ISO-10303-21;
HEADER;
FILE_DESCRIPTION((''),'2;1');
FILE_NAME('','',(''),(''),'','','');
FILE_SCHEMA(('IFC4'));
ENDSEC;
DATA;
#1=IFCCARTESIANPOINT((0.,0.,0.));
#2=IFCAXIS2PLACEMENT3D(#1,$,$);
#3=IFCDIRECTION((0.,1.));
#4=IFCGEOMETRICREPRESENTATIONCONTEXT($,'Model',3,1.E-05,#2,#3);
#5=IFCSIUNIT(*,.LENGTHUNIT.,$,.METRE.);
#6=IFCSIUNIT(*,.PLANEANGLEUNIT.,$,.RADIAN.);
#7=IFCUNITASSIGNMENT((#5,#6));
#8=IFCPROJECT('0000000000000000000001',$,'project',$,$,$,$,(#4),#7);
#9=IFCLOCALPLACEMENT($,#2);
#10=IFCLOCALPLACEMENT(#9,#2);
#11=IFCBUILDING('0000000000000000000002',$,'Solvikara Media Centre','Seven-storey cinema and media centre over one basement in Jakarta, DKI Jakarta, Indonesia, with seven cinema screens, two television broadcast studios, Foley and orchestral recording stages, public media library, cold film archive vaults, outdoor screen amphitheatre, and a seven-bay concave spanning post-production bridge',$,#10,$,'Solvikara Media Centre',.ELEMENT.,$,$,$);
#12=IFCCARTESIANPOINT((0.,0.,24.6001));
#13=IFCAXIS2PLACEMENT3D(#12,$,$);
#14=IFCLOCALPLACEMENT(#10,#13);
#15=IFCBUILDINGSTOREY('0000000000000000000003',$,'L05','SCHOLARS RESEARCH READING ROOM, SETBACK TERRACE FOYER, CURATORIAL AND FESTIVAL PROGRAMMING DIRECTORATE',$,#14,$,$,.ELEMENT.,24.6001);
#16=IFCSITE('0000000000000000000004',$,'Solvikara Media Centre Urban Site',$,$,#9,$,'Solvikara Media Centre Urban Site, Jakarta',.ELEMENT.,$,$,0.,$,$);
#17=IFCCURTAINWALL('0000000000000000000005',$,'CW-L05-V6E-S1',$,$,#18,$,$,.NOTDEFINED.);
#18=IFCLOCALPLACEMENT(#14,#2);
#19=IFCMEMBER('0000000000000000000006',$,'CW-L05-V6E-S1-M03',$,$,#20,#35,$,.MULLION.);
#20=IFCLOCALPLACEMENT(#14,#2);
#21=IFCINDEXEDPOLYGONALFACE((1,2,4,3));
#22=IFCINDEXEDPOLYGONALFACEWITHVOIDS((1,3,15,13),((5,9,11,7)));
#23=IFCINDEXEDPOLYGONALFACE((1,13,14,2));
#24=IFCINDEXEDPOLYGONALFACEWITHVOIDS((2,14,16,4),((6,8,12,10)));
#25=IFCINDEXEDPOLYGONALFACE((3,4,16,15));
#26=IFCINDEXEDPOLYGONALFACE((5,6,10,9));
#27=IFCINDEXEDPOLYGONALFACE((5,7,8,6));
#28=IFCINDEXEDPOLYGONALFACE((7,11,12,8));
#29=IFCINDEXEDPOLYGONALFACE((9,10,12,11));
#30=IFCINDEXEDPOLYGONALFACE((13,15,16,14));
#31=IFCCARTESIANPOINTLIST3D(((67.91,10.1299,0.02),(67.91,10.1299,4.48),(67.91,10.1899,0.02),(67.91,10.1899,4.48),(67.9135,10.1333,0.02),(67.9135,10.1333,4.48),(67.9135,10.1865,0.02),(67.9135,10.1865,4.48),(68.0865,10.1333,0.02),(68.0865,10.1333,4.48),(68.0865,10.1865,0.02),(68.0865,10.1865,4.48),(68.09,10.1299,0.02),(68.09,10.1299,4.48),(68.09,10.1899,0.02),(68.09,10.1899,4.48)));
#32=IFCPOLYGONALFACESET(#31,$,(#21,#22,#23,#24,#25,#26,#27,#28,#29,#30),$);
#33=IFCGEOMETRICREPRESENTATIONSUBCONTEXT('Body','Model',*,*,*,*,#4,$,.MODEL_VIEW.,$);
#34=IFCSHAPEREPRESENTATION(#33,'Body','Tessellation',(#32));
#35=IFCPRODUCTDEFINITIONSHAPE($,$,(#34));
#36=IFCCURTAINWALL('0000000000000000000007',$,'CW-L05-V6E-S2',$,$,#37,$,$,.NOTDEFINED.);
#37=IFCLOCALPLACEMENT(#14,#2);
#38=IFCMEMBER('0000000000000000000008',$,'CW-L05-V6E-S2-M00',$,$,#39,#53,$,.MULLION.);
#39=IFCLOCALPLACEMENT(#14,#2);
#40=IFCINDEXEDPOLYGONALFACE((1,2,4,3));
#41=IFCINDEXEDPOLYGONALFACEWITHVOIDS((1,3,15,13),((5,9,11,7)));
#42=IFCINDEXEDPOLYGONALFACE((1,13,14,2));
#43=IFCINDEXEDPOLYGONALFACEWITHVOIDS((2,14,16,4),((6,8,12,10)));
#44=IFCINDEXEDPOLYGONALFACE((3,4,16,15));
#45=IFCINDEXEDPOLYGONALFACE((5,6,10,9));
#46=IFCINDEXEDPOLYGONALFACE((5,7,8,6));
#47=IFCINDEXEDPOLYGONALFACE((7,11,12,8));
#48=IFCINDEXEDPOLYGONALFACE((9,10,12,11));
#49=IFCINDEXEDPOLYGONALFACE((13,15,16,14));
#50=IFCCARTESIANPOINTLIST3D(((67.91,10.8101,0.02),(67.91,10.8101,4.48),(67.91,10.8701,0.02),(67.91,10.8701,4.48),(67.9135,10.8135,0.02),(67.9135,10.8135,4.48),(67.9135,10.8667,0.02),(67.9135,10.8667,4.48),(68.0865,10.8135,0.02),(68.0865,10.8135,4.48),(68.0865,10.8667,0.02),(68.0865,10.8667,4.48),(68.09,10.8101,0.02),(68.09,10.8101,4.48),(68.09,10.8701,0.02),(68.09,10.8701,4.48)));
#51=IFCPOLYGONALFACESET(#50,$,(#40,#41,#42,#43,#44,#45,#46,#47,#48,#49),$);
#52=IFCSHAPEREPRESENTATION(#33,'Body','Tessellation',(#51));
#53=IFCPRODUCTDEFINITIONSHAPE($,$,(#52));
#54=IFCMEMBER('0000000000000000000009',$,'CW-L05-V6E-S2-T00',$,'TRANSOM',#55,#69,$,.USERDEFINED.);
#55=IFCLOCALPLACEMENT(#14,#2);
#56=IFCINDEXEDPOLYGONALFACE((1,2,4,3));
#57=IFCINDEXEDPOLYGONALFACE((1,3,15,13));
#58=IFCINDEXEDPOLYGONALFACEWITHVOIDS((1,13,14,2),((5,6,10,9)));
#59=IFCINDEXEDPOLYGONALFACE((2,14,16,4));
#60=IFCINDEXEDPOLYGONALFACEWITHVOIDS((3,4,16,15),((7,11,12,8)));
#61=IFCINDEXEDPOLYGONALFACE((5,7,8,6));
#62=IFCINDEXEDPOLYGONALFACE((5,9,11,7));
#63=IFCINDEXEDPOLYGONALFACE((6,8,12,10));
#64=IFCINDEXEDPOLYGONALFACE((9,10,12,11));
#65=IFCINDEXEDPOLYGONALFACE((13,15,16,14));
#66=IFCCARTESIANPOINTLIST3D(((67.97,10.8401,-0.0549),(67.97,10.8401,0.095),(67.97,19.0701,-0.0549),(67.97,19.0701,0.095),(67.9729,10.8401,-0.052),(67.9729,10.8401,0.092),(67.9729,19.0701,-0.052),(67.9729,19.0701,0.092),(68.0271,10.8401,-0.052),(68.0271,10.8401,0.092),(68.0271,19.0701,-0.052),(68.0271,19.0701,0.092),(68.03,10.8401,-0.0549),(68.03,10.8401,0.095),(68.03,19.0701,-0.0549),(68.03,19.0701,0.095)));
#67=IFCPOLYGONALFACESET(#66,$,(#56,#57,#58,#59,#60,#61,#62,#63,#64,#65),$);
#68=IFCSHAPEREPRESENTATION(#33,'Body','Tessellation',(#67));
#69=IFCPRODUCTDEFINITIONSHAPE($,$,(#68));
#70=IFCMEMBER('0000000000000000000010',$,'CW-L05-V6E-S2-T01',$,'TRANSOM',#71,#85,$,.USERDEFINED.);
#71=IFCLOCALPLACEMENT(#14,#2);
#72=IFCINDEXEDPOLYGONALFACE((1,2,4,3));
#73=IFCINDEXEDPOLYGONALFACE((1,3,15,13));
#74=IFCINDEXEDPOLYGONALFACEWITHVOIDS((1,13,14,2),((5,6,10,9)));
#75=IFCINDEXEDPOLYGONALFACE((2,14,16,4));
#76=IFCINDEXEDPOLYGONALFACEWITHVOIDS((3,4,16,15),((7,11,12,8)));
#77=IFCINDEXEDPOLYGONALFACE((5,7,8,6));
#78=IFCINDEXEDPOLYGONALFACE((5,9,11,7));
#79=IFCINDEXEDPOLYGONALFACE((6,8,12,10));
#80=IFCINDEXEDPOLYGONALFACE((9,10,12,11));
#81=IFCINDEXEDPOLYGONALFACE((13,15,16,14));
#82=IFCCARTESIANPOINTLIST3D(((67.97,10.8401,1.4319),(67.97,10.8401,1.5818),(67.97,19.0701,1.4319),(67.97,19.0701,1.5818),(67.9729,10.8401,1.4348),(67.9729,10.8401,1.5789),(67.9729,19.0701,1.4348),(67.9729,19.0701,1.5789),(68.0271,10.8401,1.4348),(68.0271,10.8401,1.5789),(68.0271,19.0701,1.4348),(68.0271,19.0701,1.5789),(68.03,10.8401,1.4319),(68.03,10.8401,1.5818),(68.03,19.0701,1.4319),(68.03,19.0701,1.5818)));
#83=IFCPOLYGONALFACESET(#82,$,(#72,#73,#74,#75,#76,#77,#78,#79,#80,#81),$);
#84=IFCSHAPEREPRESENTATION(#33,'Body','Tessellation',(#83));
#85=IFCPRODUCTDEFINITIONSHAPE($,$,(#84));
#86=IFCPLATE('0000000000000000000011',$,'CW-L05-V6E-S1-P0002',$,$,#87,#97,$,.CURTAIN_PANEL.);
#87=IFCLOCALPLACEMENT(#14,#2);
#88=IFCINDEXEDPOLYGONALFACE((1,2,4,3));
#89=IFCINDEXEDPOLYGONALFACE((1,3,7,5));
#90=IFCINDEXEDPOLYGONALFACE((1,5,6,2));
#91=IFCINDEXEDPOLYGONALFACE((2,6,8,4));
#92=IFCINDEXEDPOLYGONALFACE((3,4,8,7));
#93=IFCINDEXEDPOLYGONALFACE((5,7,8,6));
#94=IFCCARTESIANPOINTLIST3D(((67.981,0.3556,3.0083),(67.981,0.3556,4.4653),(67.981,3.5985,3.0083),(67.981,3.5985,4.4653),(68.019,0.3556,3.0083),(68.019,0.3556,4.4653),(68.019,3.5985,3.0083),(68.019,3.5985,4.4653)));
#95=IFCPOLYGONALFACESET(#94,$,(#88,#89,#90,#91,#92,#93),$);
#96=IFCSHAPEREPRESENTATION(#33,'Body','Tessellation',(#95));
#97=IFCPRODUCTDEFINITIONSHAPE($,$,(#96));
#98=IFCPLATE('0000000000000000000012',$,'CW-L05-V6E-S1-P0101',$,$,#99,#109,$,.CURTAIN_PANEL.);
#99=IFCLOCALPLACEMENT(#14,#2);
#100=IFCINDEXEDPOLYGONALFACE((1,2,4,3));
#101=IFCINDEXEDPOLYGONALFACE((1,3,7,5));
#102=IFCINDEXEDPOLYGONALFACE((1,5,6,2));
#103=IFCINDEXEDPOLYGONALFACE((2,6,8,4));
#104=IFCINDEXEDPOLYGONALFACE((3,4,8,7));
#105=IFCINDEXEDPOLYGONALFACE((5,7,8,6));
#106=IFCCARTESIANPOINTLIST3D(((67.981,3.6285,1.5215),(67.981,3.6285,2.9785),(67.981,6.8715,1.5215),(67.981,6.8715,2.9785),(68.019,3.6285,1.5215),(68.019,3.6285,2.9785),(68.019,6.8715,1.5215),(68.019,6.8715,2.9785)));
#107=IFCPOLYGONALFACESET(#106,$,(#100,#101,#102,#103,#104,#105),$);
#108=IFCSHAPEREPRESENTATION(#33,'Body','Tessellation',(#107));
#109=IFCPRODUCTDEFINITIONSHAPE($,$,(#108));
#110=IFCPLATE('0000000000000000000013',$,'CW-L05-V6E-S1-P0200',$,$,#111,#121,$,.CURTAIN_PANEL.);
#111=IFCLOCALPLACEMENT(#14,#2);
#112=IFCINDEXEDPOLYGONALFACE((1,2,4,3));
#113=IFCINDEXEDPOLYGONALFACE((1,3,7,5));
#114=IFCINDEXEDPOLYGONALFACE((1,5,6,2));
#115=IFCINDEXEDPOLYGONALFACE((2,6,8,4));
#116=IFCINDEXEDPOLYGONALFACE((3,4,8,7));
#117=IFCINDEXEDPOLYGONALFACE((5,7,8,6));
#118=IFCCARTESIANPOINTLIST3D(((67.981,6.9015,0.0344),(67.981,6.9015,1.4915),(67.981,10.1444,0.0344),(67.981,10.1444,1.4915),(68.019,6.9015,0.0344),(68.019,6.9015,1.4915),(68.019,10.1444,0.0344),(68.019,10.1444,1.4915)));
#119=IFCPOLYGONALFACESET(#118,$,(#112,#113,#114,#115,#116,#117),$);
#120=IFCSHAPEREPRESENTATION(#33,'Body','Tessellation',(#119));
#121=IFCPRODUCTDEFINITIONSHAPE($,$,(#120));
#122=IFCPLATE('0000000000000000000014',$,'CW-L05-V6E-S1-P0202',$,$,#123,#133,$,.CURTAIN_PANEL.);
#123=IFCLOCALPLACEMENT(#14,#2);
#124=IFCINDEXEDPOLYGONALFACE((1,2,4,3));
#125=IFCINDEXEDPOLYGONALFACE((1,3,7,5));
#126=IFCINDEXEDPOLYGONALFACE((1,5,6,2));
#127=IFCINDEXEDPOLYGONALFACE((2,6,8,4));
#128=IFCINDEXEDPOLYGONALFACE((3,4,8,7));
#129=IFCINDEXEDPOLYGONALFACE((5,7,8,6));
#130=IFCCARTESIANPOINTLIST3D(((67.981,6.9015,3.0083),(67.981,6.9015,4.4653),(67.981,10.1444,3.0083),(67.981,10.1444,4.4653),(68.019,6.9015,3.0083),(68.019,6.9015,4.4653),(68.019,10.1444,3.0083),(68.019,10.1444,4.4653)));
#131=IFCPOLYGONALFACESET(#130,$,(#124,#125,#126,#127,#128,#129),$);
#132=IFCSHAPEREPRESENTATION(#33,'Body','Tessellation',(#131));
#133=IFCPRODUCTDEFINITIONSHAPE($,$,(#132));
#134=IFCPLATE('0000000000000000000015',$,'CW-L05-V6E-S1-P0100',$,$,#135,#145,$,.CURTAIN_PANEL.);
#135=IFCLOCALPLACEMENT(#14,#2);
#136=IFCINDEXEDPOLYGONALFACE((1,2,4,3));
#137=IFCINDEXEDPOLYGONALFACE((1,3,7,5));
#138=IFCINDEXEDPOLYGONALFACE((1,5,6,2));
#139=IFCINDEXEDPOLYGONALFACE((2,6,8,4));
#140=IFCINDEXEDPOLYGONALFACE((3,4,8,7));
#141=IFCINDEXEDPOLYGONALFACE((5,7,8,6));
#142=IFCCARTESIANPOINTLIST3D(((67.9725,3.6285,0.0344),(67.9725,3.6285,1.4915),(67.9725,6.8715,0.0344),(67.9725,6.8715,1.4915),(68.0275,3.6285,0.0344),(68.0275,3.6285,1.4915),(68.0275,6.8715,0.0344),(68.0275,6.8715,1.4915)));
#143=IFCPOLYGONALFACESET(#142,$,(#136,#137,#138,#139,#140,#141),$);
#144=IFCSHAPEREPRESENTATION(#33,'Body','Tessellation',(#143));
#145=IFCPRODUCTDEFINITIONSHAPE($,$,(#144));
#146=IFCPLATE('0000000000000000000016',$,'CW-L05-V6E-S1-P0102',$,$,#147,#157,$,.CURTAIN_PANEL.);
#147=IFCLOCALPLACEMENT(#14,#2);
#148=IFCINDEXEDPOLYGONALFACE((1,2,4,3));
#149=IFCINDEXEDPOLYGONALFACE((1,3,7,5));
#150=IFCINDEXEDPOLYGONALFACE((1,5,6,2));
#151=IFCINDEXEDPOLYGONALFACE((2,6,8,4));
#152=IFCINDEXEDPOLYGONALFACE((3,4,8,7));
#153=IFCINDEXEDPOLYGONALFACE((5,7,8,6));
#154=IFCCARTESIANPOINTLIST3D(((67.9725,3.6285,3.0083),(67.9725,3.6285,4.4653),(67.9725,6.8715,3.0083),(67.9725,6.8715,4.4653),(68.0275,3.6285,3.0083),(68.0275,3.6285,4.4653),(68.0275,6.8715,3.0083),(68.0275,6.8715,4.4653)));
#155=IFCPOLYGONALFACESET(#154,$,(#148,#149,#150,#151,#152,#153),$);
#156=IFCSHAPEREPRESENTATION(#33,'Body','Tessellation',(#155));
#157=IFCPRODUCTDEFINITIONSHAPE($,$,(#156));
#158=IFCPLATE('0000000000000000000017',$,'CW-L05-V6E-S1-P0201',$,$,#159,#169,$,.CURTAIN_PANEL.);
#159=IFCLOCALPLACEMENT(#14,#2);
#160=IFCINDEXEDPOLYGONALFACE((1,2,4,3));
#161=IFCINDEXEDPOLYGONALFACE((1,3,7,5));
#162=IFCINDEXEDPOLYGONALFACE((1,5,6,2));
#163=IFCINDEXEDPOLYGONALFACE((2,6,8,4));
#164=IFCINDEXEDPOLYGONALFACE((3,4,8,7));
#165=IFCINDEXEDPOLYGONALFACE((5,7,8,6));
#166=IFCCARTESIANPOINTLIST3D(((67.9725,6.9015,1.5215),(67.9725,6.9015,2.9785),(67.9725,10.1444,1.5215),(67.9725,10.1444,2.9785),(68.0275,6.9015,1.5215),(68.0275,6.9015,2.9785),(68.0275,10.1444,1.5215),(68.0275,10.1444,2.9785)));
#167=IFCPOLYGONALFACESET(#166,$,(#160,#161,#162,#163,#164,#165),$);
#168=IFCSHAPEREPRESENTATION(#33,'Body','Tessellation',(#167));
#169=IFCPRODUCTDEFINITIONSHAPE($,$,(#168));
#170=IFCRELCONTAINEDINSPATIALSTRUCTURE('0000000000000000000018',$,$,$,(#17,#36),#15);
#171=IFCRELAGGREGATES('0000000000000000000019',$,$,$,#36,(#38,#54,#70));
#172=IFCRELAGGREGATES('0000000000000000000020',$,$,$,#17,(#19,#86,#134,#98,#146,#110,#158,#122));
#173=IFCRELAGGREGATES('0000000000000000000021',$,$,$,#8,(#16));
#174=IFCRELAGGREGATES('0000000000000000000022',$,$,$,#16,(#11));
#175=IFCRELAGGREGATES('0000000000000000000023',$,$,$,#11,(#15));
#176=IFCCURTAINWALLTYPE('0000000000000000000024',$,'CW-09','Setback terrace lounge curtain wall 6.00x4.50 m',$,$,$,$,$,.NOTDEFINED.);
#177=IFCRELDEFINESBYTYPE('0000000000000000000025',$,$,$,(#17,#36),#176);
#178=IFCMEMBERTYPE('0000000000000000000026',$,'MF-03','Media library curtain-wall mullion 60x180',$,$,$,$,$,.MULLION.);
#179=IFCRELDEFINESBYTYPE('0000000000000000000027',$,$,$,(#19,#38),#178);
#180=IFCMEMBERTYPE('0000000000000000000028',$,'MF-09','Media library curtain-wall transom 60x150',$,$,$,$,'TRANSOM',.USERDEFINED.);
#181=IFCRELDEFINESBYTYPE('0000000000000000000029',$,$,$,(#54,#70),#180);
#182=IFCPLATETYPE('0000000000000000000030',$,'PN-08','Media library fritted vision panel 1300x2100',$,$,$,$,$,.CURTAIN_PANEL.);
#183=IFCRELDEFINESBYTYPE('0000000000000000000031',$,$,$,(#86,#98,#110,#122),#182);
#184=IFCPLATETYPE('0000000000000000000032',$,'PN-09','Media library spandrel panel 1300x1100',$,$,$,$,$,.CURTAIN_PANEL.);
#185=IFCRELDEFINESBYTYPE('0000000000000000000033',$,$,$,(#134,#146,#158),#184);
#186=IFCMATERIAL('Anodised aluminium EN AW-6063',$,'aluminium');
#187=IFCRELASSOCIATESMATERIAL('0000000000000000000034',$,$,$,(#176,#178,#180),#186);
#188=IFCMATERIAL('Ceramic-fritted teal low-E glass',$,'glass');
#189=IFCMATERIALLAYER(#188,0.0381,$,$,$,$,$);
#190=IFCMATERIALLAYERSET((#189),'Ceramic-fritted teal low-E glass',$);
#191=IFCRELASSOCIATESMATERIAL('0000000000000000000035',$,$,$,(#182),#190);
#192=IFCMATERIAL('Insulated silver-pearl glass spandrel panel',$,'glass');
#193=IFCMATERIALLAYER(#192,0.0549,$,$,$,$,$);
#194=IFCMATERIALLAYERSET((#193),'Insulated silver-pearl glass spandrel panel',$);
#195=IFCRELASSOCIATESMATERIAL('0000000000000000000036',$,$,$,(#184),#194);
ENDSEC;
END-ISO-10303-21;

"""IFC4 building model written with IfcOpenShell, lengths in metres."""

from ifc_helpers import new_model, si_unit, direction, frame, origin, origin_2d, place, context, subcontext, project, spatial, rectangle, hollow_rectangle, extrude, material, layer, layer_set, material_profile, profile_set, type_object, element, aggregate, save


model = new_model("IFC4")

# Units and contexts
model_context = context("Model", 3, precision=1e-05, world=origin(), true_north=direction((0.0, 1.0)))
body_context = subcontext(model_context, "Body", "Model", "MODEL_VIEW")
ifc_project = project(units=[si_unit("LENGTHUNIT", "METRE"), si_unit("PLANEANGLEUNIT", "RADIAN")], contexts=[model_context])

# Site, building, storey
site_placement = place(None, origin())
site = spatial("IfcSite", under=ifc_project, at=site_placement, Name="Solvikara Media Centre Urban Site", LongName="Solvikara Media Centre Urban Site, Jakarta", CompositionType="ELEMENT", RefElevation=0.0)
building_placement = place(site_placement, origin())
building = spatial("IfcBuilding", under=site, at=building_placement, Name="Solvikara Media Centre", Description="Seven-storey cinema and media centre over one basement in Jakarta, DKI Jakarta, Indonesia, with seven cinema screens, two television broadcast studios, Foley and orchestral recording stages, public media library, cold film archive vaults, outdoor screen amphitheatre, and a seven-bay concave spanning post-production bridge", LongName="Solvikara Media Centre", CompositionType="ELEMENT")
storey_placement = place(building_placement, frame((0.0, 0.0, 24.6001)))
storey = spatial("IfcBuildingStorey", under=building, at=storey_placement, Name="L05", Description="SCHOLARS RESEARCH READING ROOM, SETBACK TERRACE FOYER, CURATORIAL AND FESTIVAL PROGRAMMING DIRECTORATE", CompositionType="ELEMENT", Elevation=24.6001)

# Curtain walls, members
ifc_material_1 = material(Name="Anodised aluminium EN AW-6063", Category="aluminium")
curtain_wall_type = type_object("IfcCurtainWallType", Name="CW-09", Description="Setback terrace lounge curtain wall 6.00x4.50 m", PredefinedType="NOTDEFINED", material=ifc_material_1)
curtain_wall_1_placement = place(storey_placement, origin())
curtain_wall_1 = element("IfcCurtainWall", 1, at=curtain_wall_1_placement, inside=storey, type_object=curtain_wall_type, Name="CW-L05-V6E-S1", PredefinedType="NOTDEFINED")
ifc_material_profile_1 = material_profile(ifc_material_1, hollow_rectangle(XDim=0.0601, YDim=0.1799, WallThickness=0.0034, at=origin_2d()), Name="ALU-M 60x180x3.5")
ifc_profile_set_1 = profile_set([ifc_material_profile_1], Name="Anodised aluminium EN AW-6063")
member_type_1 = type_object("IfcMemberType", Name="MF-03", Description="Media library curtain-wall mullion 60x180", PredefinedType="MULLION", material=ifc_profile_set_1)
member_1_placement = place(storey_placement, frame((68.0, 10.1599, 0.02), z_axis=(0.0, 0.0, 1.0), x_axis=(0.0, 1.0, 0.0)))
member_1 = element("IfcMember", 2, at=member_1_placement, type_object=member_type_1, Name="CW-L05-V6E-S1-M03", PredefinedType="MULLION", context=body_context, shape_type="SweptSolid", body=[
    extrude(hollow_rectangle(XDim=0.0601, YDim=0.1799, WallThickness=0.0034, at=origin_2d()), origin(), (0.0, 0.0, 1.0), 4.46),
])
curtain_wall_2_placement = place(storey_placement, origin())
curtain_wall_2 = element("IfcCurtainWall", 3, at=curtain_wall_2_placement, inside=storey, type_object=curtain_wall_type, Name="CW-L05-V6E-S2", PredefinedType="NOTDEFINED")
member_2_placement = place(storey_placement, frame((68.0, 10.8401, 0.02), z_axis=(0.0, 0.0, 1.0), x_axis=(0.0, 1.0, 0.0)))
member_2 = element("IfcMember", 4, at=member_2_placement, type_object=member_type_1, Name="CW-L05-V6E-S2-M00", PredefinedType="MULLION", context=body_context, shape_type="SweptSolid", body=[
    extrude(hollow_rectangle(XDim=0.0601, YDim=0.1799, WallThickness=0.0034, at=origin_2d()), origin(), (0.0, 0.0, 1.0), 4.46),
])
ifc_material_profile_2 = material_profile(ifc_material_1, hollow_rectangle(XDim=0.0601, YDim=0.1499, WallThickness=0.0029, at=origin_2d()), Name="ALU-T 60x150x3")
ifc_profile_set_2 = profile_set([ifc_material_profile_2], Name="Anodised aluminium EN AW-6063")
member_type_2 = type_object("IfcMemberType", Name="MF-09", Description="Media library curtain-wall transom 60x150", ElementType="TRANSOM", PredefinedType="USERDEFINED", material=ifc_profile_set_2)
member_3_placement = place(storey_placement, frame((68.0, 10.8401, 0.02), z_axis=(0.0, 1.0, 0.0), x_axis=(-1.0, 0.0, 0.0)))
member_3 = element("IfcMember", 5, at=member_3_placement, type_object=member_type_2, Name="CW-L05-V6E-S2-T00", ObjectType="TRANSOM", PredefinedType="USERDEFINED", context=body_context, shape_type="SweptSolid", body=[
    extrude(hollow_rectangle(XDim=0.0601, YDim=0.1499, WallThickness=0.0029, at=origin_2d()), origin(), (0.0, 0.0, 1.0), 8.23),
])
member_4_placement = place(storey_placement, frame((68.0, 10.8401, 1.5068), z_axis=(0.0, 1.0, 0.0), x_axis=(-1.0, 0.0, 0.0)))
member_4 = element("IfcMember", 6, at=member_4_placement, type_object=member_type_2, Name="CW-L05-V6E-S2-T01", ObjectType="TRANSOM", PredefinedType="USERDEFINED", context=body_context, shape_type="SweptSolid", body=[
    extrude(hollow_rectangle(XDim=0.0601, YDim=0.1499, WallThickness=0.0029, at=origin_2d()), origin(), (0.0, 0.0, 1.0), 8.23),
])
aggregate(curtain_wall_2, [member_2, member_3, member_4])

# Plates
ifc_material_2 = material(Name="Ceramic-fritted teal low-E glass", Category="glass")
ifc_layer_1 = layer(ifc_material_2, 0.0381)
ifc_layer_set_1 = layer_set([ifc_layer_1], Name="Ceramic-fritted teal low-E glass")
plate_type_1 = type_object("IfcPlateType", Name="PN-08", Description="Media library fritted vision panel 1300x2100", PredefinedType="CURTAIN_PANEL", material=ifc_layer_set_1)
plate_1_placement = place(storey_placement, frame((68.0, 1.9771, 3.0083), z_axis=(0.0, 0.0, 1.0), x_axis=(0.0, 1.0, 0.0)))
plate_1 = element("IfcPlate", 7, at=plate_1_placement, type_object=plate_type_1, Name="CW-L05-V6E-S1-P0002", PredefinedType="CURTAIN_PANEL", context=body_context, shape_type="SweptSolid", body=[
    extrude(rectangle(XDim=3.2429, YDim=0.0381, at=origin_2d()), origin(), (0.0, 0.0, 1.0), 1.457),
])
plate_2_placement = place(storey_placement, frame((68.0, 5.25, 1.5215), z_axis=(0.0, 0.0, 1.0), x_axis=(0.0, 1.0, 0.0)))
plate_2 = element("IfcPlate", 8, at=plate_2_placement, type_object=plate_type_1, Name="CW-L05-V6E-S1-P0101", PredefinedType="CURTAIN_PANEL", context=body_context, shape_type="SweptSolid", body=[
    extrude(rectangle(XDim=3.2429, YDim=0.0381, at=origin_2d()), origin(), (0.0, 0.0, 1.0), 1.457),
])
plate_3_placement = place(storey_placement, frame((68.0, 8.5229, 0.0344), z_axis=(0.0, 0.0, 1.0), x_axis=(0.0, 1.0, 0.0)))
plate_3 = element("IfcPlate", 9, at=plate_3_placement, type_object=plate_type_1, Name="CW-L05-V6E-S1-P0200", PredefinedType="CURTAIN_PANEL", context=body_context, shape_type="SweptSolid", body=[
    extrude(rectangle(XDim=3.2429, YDim=0.0381, at=origin_2d()), origin(), (0.0, 0.0, 1.0), 1.457),
])
plate_4_placement = place(storey_placement, frame((68.0, 8.5229, 3.0083), z_axis=(0.0, 0.0, 1.0), x_axis=(0.0, 1.0, 0.0)))
plate_4 = element("IfcPlate", 10, at=plate_4_placement, type_object=plate_type_1, Name="CW-L05-V6E-S1-P0202", PredefinedType="CURTAIN_PANEL", context=body_context, shape_type="SweptSolid", body=[
    extrude(rectangle(XDim=3.2429, YDim=0.0381, at=origin_2d()), origin(), (0.0, 0.0, 1.0), 1.457),
])
ifc_material_3 = material(Name="Insulated silver-pearl glass spandrel panel", Category="glass")
ifc_layer_2 = layer(ifc_material_3, 0.0549)
ifc_layer_set_2 = layer_set([ifc_layer_2], Name="Insulated silver-pearl glass spandrel panel")
plate_type_2 = type_object("IfcPlateType", Name="PN-09", Description="Media library spandrel panel 1300x1100", PredefinedType="CURTAIN_PANEL", material=ifc_layer_set_2)
plate_5_placement = place(storey_placement, frame((68.0, 5.25, 0.0344), z_axis=(0.0, 0.0, 1.0), x_axis=(0.0, 1.0, 0.0)))
plate_5 = element("IfcPlate", 11, at=plate_5_placement, type_object=plate_type_2, Name="CW-L05-V6E-S1-P0100", PredefinedType="CURTAIN_PANEL", context=body_context, shape_type="SweptSolid", body=[
    extrude(rectangle(XDim=3.2429, YDim=0.0549, at=origin_2d()), origin(), (0.0, 0.0, 1.0), 1.457),
])
plate_6_placement = place(storey_placement, frame((68.0, 5.25, 3.0083), z_axis=(0.0, 0.0, 1.0), x_axis=(0.0, 1.0, 0.0)))
plate_6 = element("IfcPlate", 12, at=plate_6_placement, type_object=plate_type_2, Name="CW-L05-V6E-S1-P0102", PredefinedType="CURTAIN_PANEL", context=body_context, shape_type="SweptSolid", body=[
    extrude(rectangle(XDim=3.2429, YDim=0.0549, at=origin_2d()), origin(), (0.0, 0.0, 1.0), 1.457),
])
plate_7_placement = place(storey_placement, frame((68.0, 8.5229, 1.5215), z_axis=(0.0, 0.0, 1.0), x_axis=(0.0, 1.0, 0.0)))
plate_7 = element("IfcPlate", 13, at=plate_7_placement, type_object=plate_type_2, Name="CW-L05-V6E-S1-P0201", PredefinedType="CURTAIN_PANEL", context=body_context, shape_type="SweptSolid", body=[
    extrude(rectangle(XDim=3.2429, YDim=0.0549, at=origin_2d()), origin(), (0.0, 0.0, 1.0), 1.457),
])
aggregate(curtain_wall_1, [member_1, plate_1, plate_5, plate_2, plate_6, plate_3, plate_7, plate_4])

save(model, "model.ifc")
